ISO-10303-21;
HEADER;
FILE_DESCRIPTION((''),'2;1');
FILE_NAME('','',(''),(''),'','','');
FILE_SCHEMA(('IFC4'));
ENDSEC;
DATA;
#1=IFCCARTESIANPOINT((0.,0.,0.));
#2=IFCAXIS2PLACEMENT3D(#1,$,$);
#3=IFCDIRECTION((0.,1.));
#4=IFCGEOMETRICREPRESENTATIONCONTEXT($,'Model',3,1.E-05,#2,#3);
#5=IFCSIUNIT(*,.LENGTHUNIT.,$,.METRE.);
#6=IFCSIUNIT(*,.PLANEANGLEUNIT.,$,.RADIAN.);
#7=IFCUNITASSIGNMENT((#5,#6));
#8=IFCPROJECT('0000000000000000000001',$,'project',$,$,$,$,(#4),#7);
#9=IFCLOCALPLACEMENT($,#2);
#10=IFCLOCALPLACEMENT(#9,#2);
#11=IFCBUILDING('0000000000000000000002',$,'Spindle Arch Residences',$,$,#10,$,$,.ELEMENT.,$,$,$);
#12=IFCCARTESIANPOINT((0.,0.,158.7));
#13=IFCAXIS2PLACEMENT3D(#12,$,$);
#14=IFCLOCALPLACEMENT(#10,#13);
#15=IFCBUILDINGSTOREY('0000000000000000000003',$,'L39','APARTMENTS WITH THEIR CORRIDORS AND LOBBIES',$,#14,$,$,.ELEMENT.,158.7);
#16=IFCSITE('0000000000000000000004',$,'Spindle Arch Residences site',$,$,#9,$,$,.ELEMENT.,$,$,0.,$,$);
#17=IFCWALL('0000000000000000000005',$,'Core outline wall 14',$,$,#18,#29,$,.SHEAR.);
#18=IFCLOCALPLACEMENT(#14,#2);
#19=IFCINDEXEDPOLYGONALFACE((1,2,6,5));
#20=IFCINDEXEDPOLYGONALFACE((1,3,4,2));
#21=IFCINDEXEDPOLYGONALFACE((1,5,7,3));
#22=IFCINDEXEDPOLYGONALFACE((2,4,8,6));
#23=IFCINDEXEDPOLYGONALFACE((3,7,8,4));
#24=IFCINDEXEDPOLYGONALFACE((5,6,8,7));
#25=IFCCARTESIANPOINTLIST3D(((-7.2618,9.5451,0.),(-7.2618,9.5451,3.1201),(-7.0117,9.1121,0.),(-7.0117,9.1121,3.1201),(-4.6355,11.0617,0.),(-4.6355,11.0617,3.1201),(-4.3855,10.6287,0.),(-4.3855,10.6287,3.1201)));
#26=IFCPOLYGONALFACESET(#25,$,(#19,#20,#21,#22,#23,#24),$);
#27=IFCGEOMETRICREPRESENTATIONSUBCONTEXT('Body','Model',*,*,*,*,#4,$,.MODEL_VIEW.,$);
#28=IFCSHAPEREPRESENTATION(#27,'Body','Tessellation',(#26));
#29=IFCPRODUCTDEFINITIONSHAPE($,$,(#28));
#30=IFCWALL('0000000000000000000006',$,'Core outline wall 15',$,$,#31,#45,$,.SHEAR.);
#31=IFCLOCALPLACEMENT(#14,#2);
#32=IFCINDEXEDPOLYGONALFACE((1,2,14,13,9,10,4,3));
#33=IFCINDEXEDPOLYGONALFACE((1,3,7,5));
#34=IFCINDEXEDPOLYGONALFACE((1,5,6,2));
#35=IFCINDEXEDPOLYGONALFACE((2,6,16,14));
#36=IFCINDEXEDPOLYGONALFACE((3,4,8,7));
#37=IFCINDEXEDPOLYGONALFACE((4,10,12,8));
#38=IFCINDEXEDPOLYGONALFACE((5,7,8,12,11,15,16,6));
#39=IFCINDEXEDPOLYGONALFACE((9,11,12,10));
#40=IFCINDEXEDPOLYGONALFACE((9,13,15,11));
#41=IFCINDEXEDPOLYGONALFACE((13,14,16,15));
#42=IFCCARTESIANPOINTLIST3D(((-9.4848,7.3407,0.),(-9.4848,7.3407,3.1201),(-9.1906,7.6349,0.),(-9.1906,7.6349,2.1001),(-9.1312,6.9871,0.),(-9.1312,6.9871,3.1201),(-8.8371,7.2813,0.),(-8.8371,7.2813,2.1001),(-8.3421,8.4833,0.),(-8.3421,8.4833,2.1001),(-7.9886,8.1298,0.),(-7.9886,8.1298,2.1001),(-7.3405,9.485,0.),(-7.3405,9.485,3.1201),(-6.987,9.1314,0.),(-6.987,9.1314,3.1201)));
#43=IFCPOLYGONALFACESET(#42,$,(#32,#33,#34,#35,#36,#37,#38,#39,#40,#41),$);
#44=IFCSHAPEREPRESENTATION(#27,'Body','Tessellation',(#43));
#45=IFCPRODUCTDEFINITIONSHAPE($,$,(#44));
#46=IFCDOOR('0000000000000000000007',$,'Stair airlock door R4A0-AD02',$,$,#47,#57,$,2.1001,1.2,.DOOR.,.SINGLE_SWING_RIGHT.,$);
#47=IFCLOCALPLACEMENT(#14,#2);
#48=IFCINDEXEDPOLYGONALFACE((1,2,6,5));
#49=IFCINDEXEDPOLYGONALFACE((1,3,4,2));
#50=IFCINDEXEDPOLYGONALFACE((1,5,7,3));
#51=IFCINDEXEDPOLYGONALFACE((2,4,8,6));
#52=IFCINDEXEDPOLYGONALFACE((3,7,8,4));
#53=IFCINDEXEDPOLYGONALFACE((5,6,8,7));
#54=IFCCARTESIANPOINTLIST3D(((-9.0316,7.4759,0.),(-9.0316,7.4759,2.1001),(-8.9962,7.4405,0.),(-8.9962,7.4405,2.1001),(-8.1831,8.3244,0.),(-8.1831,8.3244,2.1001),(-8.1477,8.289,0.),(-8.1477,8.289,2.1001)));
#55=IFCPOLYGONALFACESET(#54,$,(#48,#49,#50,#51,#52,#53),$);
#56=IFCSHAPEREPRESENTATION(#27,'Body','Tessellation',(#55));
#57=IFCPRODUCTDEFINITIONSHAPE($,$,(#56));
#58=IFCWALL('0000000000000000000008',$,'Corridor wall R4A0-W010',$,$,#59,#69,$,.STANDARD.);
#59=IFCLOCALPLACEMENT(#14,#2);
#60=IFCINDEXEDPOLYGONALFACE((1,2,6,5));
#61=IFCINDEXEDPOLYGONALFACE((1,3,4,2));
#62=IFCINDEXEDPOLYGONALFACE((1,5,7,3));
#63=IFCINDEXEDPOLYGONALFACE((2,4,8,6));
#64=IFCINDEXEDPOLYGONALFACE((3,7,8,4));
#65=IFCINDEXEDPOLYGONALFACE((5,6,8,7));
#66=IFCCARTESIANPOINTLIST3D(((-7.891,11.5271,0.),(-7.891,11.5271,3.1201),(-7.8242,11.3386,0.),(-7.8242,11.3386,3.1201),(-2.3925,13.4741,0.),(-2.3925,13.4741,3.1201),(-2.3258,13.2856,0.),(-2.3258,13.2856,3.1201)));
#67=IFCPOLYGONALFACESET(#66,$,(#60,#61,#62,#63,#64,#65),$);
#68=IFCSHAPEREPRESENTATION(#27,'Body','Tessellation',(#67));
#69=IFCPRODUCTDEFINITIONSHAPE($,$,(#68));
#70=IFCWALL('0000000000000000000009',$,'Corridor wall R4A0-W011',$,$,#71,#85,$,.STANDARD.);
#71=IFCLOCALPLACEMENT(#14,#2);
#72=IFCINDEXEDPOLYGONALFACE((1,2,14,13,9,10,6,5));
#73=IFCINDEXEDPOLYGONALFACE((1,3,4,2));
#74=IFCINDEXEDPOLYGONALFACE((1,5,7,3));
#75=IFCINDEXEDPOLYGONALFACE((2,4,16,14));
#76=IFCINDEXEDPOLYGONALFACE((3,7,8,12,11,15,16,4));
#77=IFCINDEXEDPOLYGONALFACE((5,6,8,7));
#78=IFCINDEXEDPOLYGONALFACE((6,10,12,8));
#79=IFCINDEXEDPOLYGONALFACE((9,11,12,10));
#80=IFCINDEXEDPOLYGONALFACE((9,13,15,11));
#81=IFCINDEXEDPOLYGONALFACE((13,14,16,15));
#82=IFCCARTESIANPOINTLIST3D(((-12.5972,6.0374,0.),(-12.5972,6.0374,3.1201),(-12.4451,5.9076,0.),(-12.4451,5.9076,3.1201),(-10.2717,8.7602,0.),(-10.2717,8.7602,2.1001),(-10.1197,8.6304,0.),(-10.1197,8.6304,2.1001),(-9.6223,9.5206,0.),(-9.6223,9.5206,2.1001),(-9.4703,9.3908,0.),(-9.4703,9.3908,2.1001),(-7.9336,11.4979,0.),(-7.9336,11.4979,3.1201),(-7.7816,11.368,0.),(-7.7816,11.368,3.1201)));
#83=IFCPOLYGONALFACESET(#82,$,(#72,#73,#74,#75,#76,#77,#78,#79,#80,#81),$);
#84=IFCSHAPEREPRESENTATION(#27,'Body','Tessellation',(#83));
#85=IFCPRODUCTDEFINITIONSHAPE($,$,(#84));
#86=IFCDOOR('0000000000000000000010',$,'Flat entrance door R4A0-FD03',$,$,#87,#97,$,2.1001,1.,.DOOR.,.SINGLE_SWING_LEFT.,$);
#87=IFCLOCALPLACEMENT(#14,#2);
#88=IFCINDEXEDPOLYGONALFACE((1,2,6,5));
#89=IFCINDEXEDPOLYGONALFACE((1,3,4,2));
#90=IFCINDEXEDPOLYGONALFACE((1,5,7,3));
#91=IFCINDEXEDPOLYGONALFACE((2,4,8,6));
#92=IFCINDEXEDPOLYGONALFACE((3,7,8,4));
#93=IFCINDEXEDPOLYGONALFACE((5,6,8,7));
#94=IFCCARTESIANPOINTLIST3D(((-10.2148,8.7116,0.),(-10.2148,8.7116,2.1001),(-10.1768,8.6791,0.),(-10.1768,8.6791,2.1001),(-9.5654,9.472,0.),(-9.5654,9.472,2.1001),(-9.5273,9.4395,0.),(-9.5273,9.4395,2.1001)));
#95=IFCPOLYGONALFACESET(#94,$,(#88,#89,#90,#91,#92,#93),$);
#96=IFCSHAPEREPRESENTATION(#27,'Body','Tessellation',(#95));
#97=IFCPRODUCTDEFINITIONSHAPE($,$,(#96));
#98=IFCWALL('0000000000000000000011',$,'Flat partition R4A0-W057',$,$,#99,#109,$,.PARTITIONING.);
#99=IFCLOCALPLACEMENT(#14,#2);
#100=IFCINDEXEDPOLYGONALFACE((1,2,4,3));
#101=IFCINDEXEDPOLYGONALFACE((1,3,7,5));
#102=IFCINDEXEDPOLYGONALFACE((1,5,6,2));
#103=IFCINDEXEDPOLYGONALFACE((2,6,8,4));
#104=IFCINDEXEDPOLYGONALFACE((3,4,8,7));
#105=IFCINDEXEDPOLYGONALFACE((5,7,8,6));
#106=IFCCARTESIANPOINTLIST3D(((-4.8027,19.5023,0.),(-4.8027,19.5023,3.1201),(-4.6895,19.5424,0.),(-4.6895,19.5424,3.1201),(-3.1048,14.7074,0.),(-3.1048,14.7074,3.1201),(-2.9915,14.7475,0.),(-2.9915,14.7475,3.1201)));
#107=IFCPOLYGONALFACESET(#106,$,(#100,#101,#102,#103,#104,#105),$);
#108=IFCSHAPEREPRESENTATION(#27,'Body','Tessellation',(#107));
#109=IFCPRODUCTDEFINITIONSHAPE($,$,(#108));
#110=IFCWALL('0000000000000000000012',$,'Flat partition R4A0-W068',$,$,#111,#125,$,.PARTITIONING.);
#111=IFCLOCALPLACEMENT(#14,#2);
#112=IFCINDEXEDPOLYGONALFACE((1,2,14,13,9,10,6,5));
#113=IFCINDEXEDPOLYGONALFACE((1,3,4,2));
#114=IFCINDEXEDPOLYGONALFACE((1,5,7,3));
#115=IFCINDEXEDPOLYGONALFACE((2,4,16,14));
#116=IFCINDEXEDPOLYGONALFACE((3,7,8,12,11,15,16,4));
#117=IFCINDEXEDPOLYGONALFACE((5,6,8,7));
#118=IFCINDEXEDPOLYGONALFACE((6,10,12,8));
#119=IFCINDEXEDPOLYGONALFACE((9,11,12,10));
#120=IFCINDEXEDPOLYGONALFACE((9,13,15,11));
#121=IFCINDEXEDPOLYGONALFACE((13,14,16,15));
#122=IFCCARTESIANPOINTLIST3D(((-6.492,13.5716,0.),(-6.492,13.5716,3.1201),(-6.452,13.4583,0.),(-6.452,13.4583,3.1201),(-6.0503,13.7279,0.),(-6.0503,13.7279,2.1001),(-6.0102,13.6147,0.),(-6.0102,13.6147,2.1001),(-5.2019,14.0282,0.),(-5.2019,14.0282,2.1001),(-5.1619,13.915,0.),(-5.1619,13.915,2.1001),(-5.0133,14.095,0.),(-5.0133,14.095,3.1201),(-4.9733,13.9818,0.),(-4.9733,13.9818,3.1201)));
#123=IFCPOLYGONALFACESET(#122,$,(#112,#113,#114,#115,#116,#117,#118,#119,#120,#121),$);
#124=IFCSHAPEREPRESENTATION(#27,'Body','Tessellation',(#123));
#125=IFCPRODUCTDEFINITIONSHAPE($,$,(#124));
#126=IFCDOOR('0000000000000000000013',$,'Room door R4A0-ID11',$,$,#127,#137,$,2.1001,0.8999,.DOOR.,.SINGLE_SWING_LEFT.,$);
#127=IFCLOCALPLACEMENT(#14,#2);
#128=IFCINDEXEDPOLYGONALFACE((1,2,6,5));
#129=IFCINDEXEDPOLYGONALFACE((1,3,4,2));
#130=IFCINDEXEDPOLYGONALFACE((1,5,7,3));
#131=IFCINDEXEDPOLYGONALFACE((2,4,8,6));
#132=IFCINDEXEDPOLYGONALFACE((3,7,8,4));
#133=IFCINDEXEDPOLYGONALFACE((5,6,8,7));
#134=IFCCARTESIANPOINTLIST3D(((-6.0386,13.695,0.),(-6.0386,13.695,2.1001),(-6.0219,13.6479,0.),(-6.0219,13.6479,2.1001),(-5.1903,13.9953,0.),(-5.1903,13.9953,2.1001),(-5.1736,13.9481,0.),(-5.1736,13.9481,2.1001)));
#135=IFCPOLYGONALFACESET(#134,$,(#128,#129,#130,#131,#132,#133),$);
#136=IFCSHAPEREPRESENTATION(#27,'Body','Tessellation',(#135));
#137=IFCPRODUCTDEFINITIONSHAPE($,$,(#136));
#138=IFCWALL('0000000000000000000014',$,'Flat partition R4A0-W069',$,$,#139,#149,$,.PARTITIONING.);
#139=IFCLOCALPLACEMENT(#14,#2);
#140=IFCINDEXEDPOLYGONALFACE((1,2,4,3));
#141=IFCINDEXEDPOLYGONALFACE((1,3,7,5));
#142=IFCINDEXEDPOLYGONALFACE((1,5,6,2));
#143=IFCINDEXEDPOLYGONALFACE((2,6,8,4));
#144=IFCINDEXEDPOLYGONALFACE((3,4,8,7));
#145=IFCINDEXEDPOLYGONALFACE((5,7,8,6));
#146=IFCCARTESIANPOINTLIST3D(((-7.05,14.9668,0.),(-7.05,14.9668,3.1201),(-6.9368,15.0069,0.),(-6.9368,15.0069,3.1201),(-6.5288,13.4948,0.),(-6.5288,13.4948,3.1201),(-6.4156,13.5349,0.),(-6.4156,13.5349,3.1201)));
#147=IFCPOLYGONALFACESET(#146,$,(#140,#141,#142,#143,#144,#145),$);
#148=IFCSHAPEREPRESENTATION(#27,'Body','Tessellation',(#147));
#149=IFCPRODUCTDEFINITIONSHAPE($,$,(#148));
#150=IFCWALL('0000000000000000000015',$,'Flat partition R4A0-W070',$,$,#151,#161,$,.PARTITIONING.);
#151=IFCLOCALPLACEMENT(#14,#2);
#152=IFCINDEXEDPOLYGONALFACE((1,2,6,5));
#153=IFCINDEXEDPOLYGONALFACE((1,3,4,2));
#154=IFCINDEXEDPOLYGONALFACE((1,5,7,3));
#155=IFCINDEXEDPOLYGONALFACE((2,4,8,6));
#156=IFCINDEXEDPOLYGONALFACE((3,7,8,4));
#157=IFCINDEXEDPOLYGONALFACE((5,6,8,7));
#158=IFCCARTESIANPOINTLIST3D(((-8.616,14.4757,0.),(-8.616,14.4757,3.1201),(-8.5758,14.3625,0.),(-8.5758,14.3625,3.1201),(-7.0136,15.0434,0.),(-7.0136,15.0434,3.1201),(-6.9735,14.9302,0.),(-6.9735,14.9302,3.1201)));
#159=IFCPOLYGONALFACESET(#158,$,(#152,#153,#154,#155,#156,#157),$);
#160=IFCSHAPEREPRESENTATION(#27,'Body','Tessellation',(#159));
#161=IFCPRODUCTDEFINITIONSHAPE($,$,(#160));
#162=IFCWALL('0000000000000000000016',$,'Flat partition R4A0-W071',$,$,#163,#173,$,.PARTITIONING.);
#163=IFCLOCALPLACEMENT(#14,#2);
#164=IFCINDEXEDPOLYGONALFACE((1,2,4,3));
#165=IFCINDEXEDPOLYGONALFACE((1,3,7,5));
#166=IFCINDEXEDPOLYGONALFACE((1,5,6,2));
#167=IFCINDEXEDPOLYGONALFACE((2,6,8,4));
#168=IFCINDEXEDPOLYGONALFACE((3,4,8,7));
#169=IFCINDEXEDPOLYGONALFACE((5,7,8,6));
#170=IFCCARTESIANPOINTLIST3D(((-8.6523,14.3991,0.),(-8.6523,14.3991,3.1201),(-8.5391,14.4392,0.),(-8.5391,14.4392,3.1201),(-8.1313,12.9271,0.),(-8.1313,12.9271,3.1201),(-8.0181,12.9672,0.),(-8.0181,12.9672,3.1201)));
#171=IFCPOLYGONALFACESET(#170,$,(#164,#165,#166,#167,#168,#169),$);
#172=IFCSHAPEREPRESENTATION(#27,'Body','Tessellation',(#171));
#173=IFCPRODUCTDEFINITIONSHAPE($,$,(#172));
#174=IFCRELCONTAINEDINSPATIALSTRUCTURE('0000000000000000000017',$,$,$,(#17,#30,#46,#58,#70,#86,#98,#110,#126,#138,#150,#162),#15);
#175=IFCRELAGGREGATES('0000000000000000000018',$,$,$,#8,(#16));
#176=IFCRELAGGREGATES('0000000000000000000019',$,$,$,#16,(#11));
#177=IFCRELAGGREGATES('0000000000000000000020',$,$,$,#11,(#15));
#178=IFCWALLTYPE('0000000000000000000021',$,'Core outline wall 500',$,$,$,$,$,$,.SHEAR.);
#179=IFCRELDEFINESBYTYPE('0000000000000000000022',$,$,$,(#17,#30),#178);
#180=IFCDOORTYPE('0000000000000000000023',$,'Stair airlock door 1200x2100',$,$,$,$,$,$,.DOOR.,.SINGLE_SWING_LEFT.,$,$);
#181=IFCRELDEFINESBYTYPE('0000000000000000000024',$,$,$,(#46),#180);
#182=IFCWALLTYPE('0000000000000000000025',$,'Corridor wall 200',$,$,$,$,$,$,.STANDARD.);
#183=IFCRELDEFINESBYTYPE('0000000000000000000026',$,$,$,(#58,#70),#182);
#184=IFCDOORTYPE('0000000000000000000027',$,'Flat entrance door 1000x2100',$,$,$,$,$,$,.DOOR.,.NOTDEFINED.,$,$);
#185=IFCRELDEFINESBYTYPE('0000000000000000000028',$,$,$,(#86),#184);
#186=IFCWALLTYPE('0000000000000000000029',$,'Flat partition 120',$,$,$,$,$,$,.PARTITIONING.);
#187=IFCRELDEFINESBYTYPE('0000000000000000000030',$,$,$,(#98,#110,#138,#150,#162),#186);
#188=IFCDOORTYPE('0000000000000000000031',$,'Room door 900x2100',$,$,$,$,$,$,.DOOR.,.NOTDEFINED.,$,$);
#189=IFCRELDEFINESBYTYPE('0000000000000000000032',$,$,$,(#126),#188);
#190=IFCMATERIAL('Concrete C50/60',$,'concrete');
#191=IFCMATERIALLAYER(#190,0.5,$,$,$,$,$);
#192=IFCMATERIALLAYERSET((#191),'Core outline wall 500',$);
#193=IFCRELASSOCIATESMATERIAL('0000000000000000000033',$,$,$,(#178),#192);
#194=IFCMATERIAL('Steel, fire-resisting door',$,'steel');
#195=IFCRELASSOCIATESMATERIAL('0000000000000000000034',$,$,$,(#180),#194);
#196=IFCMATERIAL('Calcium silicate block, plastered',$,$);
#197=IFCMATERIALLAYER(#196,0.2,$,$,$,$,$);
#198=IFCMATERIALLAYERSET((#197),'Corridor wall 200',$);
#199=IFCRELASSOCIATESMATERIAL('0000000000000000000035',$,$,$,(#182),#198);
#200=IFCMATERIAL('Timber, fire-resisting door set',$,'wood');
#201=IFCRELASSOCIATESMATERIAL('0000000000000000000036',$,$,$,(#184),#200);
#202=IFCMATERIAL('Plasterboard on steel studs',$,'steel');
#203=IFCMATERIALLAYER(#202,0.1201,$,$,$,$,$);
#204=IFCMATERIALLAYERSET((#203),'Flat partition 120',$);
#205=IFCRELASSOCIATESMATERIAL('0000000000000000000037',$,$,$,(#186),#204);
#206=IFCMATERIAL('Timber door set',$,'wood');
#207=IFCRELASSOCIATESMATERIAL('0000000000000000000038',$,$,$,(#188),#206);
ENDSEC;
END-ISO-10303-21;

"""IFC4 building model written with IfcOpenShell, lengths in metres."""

from ifc_helpers import new_model, si_unit, direction, frame, frame_2d, origin, place, context, subcontext, project, spatial, rectangle, extrude, material, layer, layer_set, type_object, element, fill, save


model = new_model("IFC4")

# Units and contexts
model_context = context("Model", 3, precision=1e-05, world=origin(), true_north=direction((0.0, 1.0)))
body_context = subcontext(model_context, "Body", "Model", "MODEL_VIEW")
ifc_project = project(units=[si_unit("LENGTHUNIT", "METRE"), si_unit("PLANEANGLEUNIT", "RADIAN")], contexts=[model_context])

# Site, building, storey
site_placement = place(None, origin())
site = spatial("IfcSite", under=ifc_project, at=site_placement, Name="Spindle Arch Residences site", CompositionType="ELEMENT", RefElevation=0.0)
building_placement = place(site_placement, origin())
building = spatial("IfcBuilding", under=site, at=building_placement, Name="Spindle Arch Residences", CompositionType="ELEMENT")
storey_placement = place(building_placement, frame((0.0, 0.0, 158.7)))
storey = spatial("IfcBuildingStorey", under=building, at=storey_placement, Name="L39", Description="APARTMENTS WITH THEIR CORRIDORS AND LOBBIES", CompositionType="ELEMENT", Elevation=158.7)

# Wall
ifc_material_1 = material(Name="Concrete C50/60", Category="concrete")
ifc_layer_1 = layer(ifc_material_1, 0.5)
ifc_layer_set_1 = layer_set([ifc_layer_1], Name="Core outline wall 500")
wall_type_1 = type_object("IfcWallType", Name="Core outline wall 500", PredefinedType="SHEAR", material=ifc_layer_set_1)
wall_1_placement = place(storey_placement, frame((-4.5105, 10.8452, 0.0), z_axis=(0.0, 0.0, 1.0), x_axis=(-0.865975, -0.500087, 0.0)))
element("IfcWall", 1, at=wall_1_placement, inside=storey, type_object=wall_type_1, Name="Core outline wall 14", PredefinedType="SHEAR", context=body_context, shape_type="SweptSolid", body=[
    extrude(rectangle(XDim=3.0327, YDim=0.5, at=frame_2d((1.5164, 0.0))), origin(), (0.0, 0.0, 1.0), 3.1201),
])

# Wall, opening, door
wall_2_placement = place(storey_placement, frame((-7.1638, 9.3081, 0.0), z_axis=(0.0, 0.0, 1.0), x_axis=(-0.707107, -0.707107, 0.0)))
wall_2 = element("IfcWall", 2, at=wall_2_placement, inside=storey, type_object=wall_type_1, Name="Core outline wall 15", PredefinedType="SHEAR", context=body_context, shape_type="SweptSolid", body=[
    extrude(rectangle(XDim=3.0325, YDim=0.5, at=frame_2d((1.5161, 0.0))), origin(), (0.0, 0.0, 1.0), 3.1201),
])
opening_1_placement = place(wall_2_placement, frame((1.4163, 0.0, 0.0)))
opening_1 = element("IfcOpeningElement", 3, at=opening_1_placement, cuts=wall_2, PredefinedType="OPENING", context=body_context, shape_type="SweptSolid", body=[
    extrude(rectangle(XDim=1.2, YDim=2.1001, at=frame_2d((0.6001, 1.05))), frame((0.0, 0.26, 0.0), z_axis=(0.0, -1.0, 0.0), x_axis=(1.0, 0.0, 0.0)), (0.0, 0.0, 1.0), 0.52),
])
ifc_material_2 = material(Name="Steel, fire-resisting door", Category="steel")
door_type_1 = type_object("IfcDoorType", Name="Stair airlock door 1200x2100", OperationType="SINGLE_SWING_LEFT", PredefinedType="DOOR", material=ifc_material_2)
door_1_placement = place(opening_1_placement, origin())
door_1 = element("IfcDoor", 4, at=door_1_placement, inside=storey, type_object=door_type_1, Name="Stair airlock door R4A0-AD02", OperationType="SINGLE_SWING_RIGHT", OverallHeight=2.1001, OverallWidth=1.2, PredefinedType="DOOR", context=body_context, shape_type="SweptSolid", body=[
    extrude(rectangle(XDim=1.2, YDim=2.1001, at=frame_2d((0.6001, 1.05))), frame((0.0, 0.0249, 0.0), z_axis=(0.0, -1.0, 0.0), x_axis=(1.0, 0.0, 0.0)), (0.0, 0.0, 1.0), 0.05),
])
fill(opening_1, door_1)

# Wall
ifc_material_3 = material(Name="Calcium silicate block, plastered")
ifc_layer_2 = layer(ifc_material_3, 0.2)
ifc_layer_set_2 = layer_set([ifc_layer_2], Name="Corridor wall 200")
wall_type_2 = type_object("IfcWallType", Name="Corridor wall 200", PredefinedType="STANDARD", material=ifc_layer_set_2)
wall_3_placement = place(storey_placement, frame((-2.3591, 13.3799, 0.0), z_axis=(0.0, 0.0, 1.0), x_axis=(-0.942648, -0.33379, 0.0)))
element("IfcWall", 5, at=wall_3_placement, inside=storey, type_object=wall_type_2, Name="Corridor wall R4A0-W010", PredefinedType="STANDARD", context=body_context, shape_type="SweptSolid", body=[
    extrude(rectangle(XDim=5.833, YDim=0.2, at=frame_2d((2.9165, 0.0))), origin(), (0.0, 0.0, 1.0), 3.1201),
])

# Wall, opening, door
wall_4_placement = place(storey_placement, frame((-7.8577, 11.4329, 0.0), z_axis=(0.0, 0.0, 1.0), x_axis=(-0.649441, -0.760412, 0.0)))
wall_4 = element("IfcWall", 6, at=wall_4_placement, inside=storey, type_object=wall_type_2, Name="Corridor wall R4A0-W011", PredefinedType="STANDARD", context=body_context, shape_type="SweptSolid", body=[
    extrude(rectangle(XDim=7.1809, YDim=0.2, at=frame_2d((3.5903, 0.0))), origin(), (0.0, 0.0, 1.0), 3.1201),
])
opening_2_placement = place(wall_4_placement, frame((2.6001, 0.0, 0.0)))
opening_2 = element("IfcOpeningElement", 7, at=opening_2_placement, cuts=wall_4, PredefinedType="OPENING", context=body_context, shape_type="SweptSolid", body=[
    extrude(rectangle(XDim=1.0, YDim=2.1001, at=frame_2d((0.5, 1.05))), frame((0.0, 0.1099, 0.0), z_axis=(0.0, -1.0, 0.0), x_axis=(1.0, 0.0, 0.0)), (0.0, 0.0, 1.0), 0.22),
])
ifc_material_4 = material(Name="Timber, fire-resisting door set", Category="wood")
door_type_2 = type_object("IfcDoorType", Name="Flat entrance door 1000x2100", OperationType="NOTDEFINED", PredefinedType="DOOR", material=ifc_material_4)
door_2_placement = place(opening_2_placement, origin())
door_2 = element("IfcDoor", 8, at=door_2_placement, inside=storey, type_object=door_type_2, Name="Flat entrance door R4A0-FD03", OperationType="SINGLE_SWING_LEFT", OverallHeight=2.1001, OverallWidth=1.0, PredefinedType="DOOR", context=body_context, shape_type="SweptSolid", body=[
    extrude(rectangle(XDim=1.0, YDim=2.1001, at=frame_2d((0.5, 1.05))), frame((0.0, 0.0249, 0.0), z_axis=(0.0, -1.0, 0.0), x_axis=(1.0, 0.0, 0.0)), (0.0, 0.0, 1.0), 0.05),
])
fill(opening_2, door_2)

# Wall
ifc_material_5 = material(Name="Plasterboard on steel studs", Category="steel")
ifc_layer_3 = layer(ifc_material_5, 0.1201)
ifc_layer_set_3 = layer_set([ifc_layer_3], Name="Flat partition 120")
wall_type_3 = type_object("IfcWallType", Name="Flat partition 120", PredefinedType="PARTITIONING", material=ifc_layer_set_3)
wall_5_placement = place(storey_placement, frame((-3.0481, 14.7273, 0.0), z_axis=(0.0, 0.0, 1.0), x_axis=(-0.333812, 0.94264, 0.0)))
element("IfcWall", 9, at=wall_5_placement, inside=storey, type_object=wall_type_3, Name="Flat partition R4A0-W057", PredefinedType="PARTITIONING", context=body_context, shape_type="SweptSolid", body=[
    extrude(rectangle(XDim=5.0867, YDim=0.1201, at=frame_2d((2.5435, 0.0))), origin(), (0.0, 0.0, 1.0), 3.1201),
])

# Wall, opening, door
wall_6_placement = place(storey_placement, frame((-4.9934, 14.0383, 0.0), z_axis=(0.0, 0.0, 1.0), x_axis=(-0.942685, -0.333683, 0.0)))
wall_6 = element("IfcWall", 10, at=wall_6_placement, inside=storey, type_object=wall_type_3, Name="Flat partition R4A0-W068", PredefinedType="PARTITIONING", context=body_context, shape_type="SweptSolid", body=[
    extrude(rectangle(XDim=1.5686, YDim=0.1201, at=frame_2d((0.7842, 0.0))), origin(), (0.0, 0.0, 1.0), 3.1201),
])
opening_3_placement = place(wall_6_placement, frame((0.2, 0.0, 0.0)))
opening_3 = element("IfcOpeningElement", 11, at=opening_3_placement, cuts=wall_6, PredefinedType="OPENING", context=body_context, shape_type="SweptSolid", body=[
    extrude(rectangle(XDim=0.8999, YDim=2.1001, at=frame_2d((0.45, 1.05))), frame((0.0, 0.0701, 0.0), z_axis=(0.0, -1.0, 0.0), x_axis=(1.0, 0.0, 0.0)), (0.0, 0.0, 1.0), 0.1401),
])
ifc_material_6 = material(Name="Timber door set", Category="wood")
door_type_3 = type_object("IfcDoorType", Name="Room door 900x2100", OperationType="NOTDEFINED", PredefinedType="DOOR", material=ifc_material_6)
door_3_placement = place(opening_3_placement, origin())
door_3 = element("IfcDoor", 12, at=door_3_placement, inside=storey, type_object=door_type_3, Name="Room door R4A0-ID11", OperationType="SINGLE_SWING_LEFT", OverallHeight=2.1001, OverallWidth=0.8999, PredefinedType="DOOR", context=body_context, shape_type="SweptSolid", body=[
    extrude(rectangle(XDim=0.8999, YDim=2.1001, at=frame_2d((0.45, 1.05))), frame((0.0, 0.0249, 0.0), z_axis=(0.0, -1.0, 0.0), x_axis=(1.0, 0.0, 0.0)), (0.0, 0.0, 1.0), 0.05),
])
fill(opening_3, door_3)

# Walls
wall_7_placement = place(storey_placement, frame((-6.4722, 13.5149, 0.0), z_axis=(0.0, 0.0, 1.0), x_axis=(-0.33381, 0.942641, 0.0)))
element("IfcWall", 13, at=wall_7_placement, inside=storey, type_object=wall_type_3, Name="Flat partition R4A0-W069", PredefinedType="PARTITIONING", context=body_context, shape_type="SweptSolid", body=[
    extrude(rectangle(XDim=1.5615, YDim=0.1201, at=frame_2d((0.7808, 0.0))), origin(), (0.0, 0.0, 1.0), 3.1201),
])
wall_8_placement = place(storey_placement, frame((-6.9934, 14.9868, 0.0), z_axis=(0.0, 0.0, 1.0), x_axis=(-0.9426, -0.333924, 0.0)))
element("IfcWall", 14, at=wall_8_placement, inside=storey, type_object=wall_type_3, Name="Flat partition R4A0-W070", PredefinedType="PARTITIONING", context=body_context, shape_type="SweptSolid", body=[
    extrude(rectangle(XDim=1.7, YDim=0.1201, at=frame_2d((0.8501, 0.0))), origin(), (0.0, 0.0, 1.0), 3.1201),
])
wall_9_placement = place(storey_placement, frame((-8.5957, 14.4192, 0.0), z_axis=(0.0, 0.0, 1.0), x_axis=(0.333671, -0.94269, 0.0)))
element("IfcWall", 15, at=wall_9_placement, inside=storey, type_object=wall_type_3, Name="Flat partition R4A0-W071", PredefinedType="PARTITIONING", context=body_context, shape_type="SweptSolid", body=[
    extrude(rectangle(XDim=1.5615, YDim=0.1201, at=frame_2d((0.7808, 0.0))), origin(), (0.0, 0.0, 1.0), 3.1201),
])

save(model, "model.ifc")
